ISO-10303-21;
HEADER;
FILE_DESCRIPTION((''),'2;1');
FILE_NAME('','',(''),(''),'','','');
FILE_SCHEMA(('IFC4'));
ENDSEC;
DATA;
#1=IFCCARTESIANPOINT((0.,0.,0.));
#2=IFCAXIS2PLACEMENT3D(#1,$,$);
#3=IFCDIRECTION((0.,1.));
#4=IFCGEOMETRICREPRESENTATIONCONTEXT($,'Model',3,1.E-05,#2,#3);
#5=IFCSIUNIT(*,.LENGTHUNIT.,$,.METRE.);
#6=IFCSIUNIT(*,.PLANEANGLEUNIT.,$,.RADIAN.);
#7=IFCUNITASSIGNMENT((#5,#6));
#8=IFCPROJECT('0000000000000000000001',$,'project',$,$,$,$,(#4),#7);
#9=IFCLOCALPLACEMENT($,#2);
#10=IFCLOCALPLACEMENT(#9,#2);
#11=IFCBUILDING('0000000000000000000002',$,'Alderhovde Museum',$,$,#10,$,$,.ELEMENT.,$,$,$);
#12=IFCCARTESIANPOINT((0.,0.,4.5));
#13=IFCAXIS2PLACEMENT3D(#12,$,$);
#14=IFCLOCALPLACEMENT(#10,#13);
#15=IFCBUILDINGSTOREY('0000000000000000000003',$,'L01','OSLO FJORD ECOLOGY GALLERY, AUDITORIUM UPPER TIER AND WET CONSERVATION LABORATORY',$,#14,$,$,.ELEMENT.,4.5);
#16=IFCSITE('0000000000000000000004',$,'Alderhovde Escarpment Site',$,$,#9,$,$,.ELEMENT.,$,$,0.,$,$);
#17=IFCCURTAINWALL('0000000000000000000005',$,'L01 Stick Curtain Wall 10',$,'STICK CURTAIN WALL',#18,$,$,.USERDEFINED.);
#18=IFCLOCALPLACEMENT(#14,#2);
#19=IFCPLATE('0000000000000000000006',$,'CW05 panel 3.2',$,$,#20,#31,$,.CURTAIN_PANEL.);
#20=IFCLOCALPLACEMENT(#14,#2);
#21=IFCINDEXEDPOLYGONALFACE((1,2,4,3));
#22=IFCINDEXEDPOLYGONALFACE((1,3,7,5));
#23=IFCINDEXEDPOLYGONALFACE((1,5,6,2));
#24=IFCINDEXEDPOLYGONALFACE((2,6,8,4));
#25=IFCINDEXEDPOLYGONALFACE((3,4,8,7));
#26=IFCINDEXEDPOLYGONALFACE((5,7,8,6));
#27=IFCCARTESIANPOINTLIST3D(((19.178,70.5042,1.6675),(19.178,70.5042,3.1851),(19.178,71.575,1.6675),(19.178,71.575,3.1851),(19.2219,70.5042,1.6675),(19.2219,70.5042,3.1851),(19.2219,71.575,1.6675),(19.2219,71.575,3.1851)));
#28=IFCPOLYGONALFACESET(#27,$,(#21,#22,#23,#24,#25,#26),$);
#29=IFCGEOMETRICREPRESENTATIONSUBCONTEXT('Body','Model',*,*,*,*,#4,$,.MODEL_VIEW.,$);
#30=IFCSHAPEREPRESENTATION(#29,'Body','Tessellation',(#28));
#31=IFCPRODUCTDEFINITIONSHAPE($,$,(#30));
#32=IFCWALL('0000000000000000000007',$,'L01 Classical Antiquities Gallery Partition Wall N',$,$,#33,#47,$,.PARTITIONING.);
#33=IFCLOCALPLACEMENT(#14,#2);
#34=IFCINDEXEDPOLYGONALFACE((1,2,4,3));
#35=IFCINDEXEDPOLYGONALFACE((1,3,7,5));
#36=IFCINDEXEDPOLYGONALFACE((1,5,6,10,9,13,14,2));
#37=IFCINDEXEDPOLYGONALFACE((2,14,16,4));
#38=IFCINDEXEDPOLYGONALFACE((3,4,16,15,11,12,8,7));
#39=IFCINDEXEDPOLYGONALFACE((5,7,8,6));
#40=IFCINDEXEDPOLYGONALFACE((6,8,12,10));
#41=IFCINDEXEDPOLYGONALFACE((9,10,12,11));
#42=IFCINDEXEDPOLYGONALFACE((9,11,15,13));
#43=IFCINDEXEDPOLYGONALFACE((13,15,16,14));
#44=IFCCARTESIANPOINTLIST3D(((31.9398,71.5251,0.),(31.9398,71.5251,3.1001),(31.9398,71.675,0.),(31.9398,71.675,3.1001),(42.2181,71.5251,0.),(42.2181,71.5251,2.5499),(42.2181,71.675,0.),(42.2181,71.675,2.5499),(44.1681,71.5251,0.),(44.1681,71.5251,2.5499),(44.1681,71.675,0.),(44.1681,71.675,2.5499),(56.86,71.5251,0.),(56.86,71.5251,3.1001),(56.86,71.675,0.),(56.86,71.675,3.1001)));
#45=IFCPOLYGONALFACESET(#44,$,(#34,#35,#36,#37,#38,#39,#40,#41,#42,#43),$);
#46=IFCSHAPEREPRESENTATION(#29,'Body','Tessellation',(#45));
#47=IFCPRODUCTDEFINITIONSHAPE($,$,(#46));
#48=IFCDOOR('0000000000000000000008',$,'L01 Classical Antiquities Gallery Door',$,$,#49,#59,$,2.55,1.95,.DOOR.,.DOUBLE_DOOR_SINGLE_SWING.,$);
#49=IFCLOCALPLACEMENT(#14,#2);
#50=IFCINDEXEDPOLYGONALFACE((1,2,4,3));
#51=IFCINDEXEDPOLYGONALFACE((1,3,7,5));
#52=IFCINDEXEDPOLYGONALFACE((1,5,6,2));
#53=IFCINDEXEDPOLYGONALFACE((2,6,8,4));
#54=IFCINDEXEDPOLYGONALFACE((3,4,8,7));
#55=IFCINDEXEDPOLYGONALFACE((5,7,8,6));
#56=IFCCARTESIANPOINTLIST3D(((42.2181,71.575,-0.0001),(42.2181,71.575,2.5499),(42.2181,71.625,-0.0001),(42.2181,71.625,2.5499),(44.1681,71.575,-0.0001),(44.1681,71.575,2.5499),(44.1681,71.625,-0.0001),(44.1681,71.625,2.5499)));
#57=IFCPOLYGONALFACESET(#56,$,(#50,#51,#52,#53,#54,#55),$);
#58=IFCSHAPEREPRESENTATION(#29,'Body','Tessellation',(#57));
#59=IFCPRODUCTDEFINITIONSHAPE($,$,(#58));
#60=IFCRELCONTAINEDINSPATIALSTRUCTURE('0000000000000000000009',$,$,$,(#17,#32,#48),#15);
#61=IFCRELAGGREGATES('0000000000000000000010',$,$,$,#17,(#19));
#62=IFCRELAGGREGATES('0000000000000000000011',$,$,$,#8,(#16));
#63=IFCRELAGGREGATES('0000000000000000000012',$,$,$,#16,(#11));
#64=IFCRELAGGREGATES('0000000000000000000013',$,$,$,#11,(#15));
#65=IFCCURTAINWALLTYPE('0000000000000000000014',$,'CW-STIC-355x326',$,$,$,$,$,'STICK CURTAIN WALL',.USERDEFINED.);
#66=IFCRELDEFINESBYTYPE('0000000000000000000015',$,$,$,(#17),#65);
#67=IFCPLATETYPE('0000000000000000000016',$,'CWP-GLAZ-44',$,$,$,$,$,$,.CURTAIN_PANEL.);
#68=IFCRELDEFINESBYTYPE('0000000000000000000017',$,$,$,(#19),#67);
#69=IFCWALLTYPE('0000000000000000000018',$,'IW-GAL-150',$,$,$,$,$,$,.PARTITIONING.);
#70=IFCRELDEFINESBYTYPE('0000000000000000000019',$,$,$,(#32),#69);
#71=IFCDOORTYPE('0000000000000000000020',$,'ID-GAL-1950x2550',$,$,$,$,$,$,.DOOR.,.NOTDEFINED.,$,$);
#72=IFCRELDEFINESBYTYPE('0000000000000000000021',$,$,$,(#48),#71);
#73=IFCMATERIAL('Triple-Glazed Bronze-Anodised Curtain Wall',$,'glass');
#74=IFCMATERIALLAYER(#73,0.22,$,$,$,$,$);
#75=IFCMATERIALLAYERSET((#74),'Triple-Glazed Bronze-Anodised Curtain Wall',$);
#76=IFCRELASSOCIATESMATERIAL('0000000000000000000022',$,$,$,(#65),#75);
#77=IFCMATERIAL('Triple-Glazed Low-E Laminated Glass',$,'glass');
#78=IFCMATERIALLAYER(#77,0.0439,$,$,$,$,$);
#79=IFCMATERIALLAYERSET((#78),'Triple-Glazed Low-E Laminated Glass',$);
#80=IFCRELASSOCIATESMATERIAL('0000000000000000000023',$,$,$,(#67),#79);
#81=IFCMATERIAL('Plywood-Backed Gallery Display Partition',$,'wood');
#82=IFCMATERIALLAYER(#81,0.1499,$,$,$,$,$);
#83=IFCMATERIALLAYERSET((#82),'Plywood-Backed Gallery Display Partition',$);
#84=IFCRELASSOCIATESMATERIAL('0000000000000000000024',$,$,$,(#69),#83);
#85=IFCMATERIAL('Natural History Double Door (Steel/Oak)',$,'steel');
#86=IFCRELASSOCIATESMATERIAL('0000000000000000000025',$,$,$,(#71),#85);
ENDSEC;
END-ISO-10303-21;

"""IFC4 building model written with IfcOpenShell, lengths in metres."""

from ifc_helpers import new_model, si_unit, direction, frame, frame_2d, origin, origin_2d, place, context, subcontext, project, spatial, rectangle, extrude, material, layer, layer_set, type_object, element, fill, aggregate, save


model = new_model("IFC4")

# Units and contexts
model_context = context("Model", 3, precision=1e-05, world=origin(), true_north=direction((0.0, 1.0)))
body_context = subcontext(model_context, "Body", "Model", "MODEL_VIEW")
ifc_project = project(units=[si_unit("LENGTHUNIT", "METRE"), si_unit("PLANEANGLEUNIT", "RADIAN")], contexts=[model_context])

# Site, building, storey
site_placement = place(None, origin())
site = spatial("IfcSite", under=ifc_project, at=site_placement, Name="Alderhovde Escarpment Site", CompositionType="ELEMENT", RefElevation=0.0)
building_placement = place(site_placement, origin())
building = spatial("IfcBuilding", under=site, at=building_placement, Name="Alderhovde Museum", CompositionType="ELEMENT")
storey_placement = place(building_placement, frame((0.0, 0.0, 4.5)))
storey = spatial("IfcBuildingStorey", under=building, at=storey_placement, Name="L01", Description="OSLO FJORD ECOLOGY GALLERY, AUDITORIUM UPPER TIER AND WET CONSERVATION LABORATORY", CompositionType="ELEMENT", Elevation=4.5)

# Curtain wall
ifc_material_1 = material(Name="Triple-Glazed Bronze-Anodised Curtain Wall", Category="glass")
ifc_layer_1 = layer(ifc_material_1, 0.22)
ifc_layer_set_1 = layer_set([ifc_layer_1], Name="Triple-Glazed Bronze-Anodised Curtain Wall")
curtain_wall_type_1 = type_object("IfcCurtainWallType", Name="CW-STIC-355x326", ElementType="STICK CURTAIN WALL", PredefinedType="USERDEFINED", material=ifc_layer_set_1)
curtain_wall_1_placement = place(storey_placement, origin())
curtain_wall_1 = element("IfcCurtainWall", 1, at=curtain_wall_1_placement, inside=storey, type_object=curtain_wall_type_1, Name="L01 Stick Curtain Wall 10", ObjectType="STICK CURTAIN WALL", PredefinedType="USERDEFINED")

# Plate
ifc_material_2 = material(Name="Triple-Glazed Low-E Laminated Glass", Category="glass")
ifc_layer_2 = layer(ifc_material_2, 0.0439)
ifc_layer_set_2 = layer_set([ifc_layer_2], Name="Triple-Glazed Low-E Laminated Glass")
plate_type_1 = type_object("IfcPlateType", Name="CWP-GLAZ-44", PredefinedType="CURTAIN_PANEL", material=ifc_layer_set_2)
plate_1_placement = place(storey_placement, frame((19.2, 71.0396, 1.6675), z_axis=(0.0, 0.0, 1.0), x_axis=(0.0, 1.0, 0.0)))
plate_1 = element("IfcPlate", 2, at=plate_1_placement, type_object=plate_type_1, Name="CW05 panel 3.2", PredefinedType="CURTAIN_PANEL", context=body_context, shape_type="SweptSolid", body=[
    extrude(rectangle(XDim=1.0708, YDim=0.0439, at=origin_2d()), origin(), (0.0, 0.0, 1.0), 1.5176),
])
aggregate(curtain_wall_1, [plate_1])

# Wall, opening, door
ifc_material_3 = material(Name="Plywood-Backed Gallery Display Partition", Category="wood")
ifc_layer_3 = layer(ifc_material_3, 0.1499)
ifc_layer_set_3 = layer_set([ifc_layer_3], Name="Plywood-Backed Gallery Display Partition")
wall_type = type_object("IfcWallType", Name="IW-GAL-150", PredefinedType="PARTITIONING", material=ifc_layer_set_3)
wall_placement = place(storey_placement, frame((31.9399, 71.6001, 0.0), z_axis=(0.0, 0.0, 1.0), x_axis=(1.0, 0.0, 0.0)))
wall = element("IfcWall", 3, at=wall_placement, inside=storey, type_object=wall_type, Name="L01 Classical Antiquities Gallery Partition Wall N", PredefinedType="PARTITIONING", context=body_context, shape_type="SweptSolid", body=[
    extrude(rectangle(XDim=24.9202, YDim=0.1499, at=frame_2d((12.46, 0.0))), origin(), (0.0, 0.0, 1.0), 3.1001),
])
opening_placement = place(wall_placement, frame((10.2781, 0.0, 0.0)))
opening = element("IfcOpeningElement", 4, at=opening_placement, cuts=wall, PredefinedType="OPENING", context=body_context, shape_type="SweptSolid", body=[
    extrude(rectangle(XDim=1.95, YDim=2.55, at=frame_2d((0.9751, 1.2749))), frame((0.0, 0.085, 0.0), z_axis=(0.0, -1.0, 0.0), x_axis=(1.0, 0.0, 0.0)), (0.0, 0.0, 1.0), 0.1699),
])
ifc_material_4 = material(Name="Natural History Double Door (Steel/Oak)", Category="steel")
door_type = type_object("IfcDoorType", Name="ID-GAL-1950x2550", OperationType="NOTDEFINED", PredefinedType="DOOR", material=ifc_material_4)
door_placement = place(opening_placement, origin())
door = element("IfcDoor", 5, at=door_placement, inside=storey, type_object=door_type, Name="L01 Classical Antiquities Gallery Door", OperationType="DOUBLE_DOOR_SINGLE_SWING", OverallHeight=2.55, OverallWidth=1.95, PredefinedType="DOOR", context=body_context, shape_type="SweptSolid", body=[
    extrude(rectangle(XDim=1.95, YDim=2.55, at=frame_2d((0.9751, 1.2749))), frame((0.0, 0.0249, 0.0), z_axis=(0.0, -1.0, 0.0), x_axis=(1.0, 0.0, 0.0)), (0.0, 0.0, 1.0), 0.05),
])
fill(opening, door)

save(model, "model.ifc")
